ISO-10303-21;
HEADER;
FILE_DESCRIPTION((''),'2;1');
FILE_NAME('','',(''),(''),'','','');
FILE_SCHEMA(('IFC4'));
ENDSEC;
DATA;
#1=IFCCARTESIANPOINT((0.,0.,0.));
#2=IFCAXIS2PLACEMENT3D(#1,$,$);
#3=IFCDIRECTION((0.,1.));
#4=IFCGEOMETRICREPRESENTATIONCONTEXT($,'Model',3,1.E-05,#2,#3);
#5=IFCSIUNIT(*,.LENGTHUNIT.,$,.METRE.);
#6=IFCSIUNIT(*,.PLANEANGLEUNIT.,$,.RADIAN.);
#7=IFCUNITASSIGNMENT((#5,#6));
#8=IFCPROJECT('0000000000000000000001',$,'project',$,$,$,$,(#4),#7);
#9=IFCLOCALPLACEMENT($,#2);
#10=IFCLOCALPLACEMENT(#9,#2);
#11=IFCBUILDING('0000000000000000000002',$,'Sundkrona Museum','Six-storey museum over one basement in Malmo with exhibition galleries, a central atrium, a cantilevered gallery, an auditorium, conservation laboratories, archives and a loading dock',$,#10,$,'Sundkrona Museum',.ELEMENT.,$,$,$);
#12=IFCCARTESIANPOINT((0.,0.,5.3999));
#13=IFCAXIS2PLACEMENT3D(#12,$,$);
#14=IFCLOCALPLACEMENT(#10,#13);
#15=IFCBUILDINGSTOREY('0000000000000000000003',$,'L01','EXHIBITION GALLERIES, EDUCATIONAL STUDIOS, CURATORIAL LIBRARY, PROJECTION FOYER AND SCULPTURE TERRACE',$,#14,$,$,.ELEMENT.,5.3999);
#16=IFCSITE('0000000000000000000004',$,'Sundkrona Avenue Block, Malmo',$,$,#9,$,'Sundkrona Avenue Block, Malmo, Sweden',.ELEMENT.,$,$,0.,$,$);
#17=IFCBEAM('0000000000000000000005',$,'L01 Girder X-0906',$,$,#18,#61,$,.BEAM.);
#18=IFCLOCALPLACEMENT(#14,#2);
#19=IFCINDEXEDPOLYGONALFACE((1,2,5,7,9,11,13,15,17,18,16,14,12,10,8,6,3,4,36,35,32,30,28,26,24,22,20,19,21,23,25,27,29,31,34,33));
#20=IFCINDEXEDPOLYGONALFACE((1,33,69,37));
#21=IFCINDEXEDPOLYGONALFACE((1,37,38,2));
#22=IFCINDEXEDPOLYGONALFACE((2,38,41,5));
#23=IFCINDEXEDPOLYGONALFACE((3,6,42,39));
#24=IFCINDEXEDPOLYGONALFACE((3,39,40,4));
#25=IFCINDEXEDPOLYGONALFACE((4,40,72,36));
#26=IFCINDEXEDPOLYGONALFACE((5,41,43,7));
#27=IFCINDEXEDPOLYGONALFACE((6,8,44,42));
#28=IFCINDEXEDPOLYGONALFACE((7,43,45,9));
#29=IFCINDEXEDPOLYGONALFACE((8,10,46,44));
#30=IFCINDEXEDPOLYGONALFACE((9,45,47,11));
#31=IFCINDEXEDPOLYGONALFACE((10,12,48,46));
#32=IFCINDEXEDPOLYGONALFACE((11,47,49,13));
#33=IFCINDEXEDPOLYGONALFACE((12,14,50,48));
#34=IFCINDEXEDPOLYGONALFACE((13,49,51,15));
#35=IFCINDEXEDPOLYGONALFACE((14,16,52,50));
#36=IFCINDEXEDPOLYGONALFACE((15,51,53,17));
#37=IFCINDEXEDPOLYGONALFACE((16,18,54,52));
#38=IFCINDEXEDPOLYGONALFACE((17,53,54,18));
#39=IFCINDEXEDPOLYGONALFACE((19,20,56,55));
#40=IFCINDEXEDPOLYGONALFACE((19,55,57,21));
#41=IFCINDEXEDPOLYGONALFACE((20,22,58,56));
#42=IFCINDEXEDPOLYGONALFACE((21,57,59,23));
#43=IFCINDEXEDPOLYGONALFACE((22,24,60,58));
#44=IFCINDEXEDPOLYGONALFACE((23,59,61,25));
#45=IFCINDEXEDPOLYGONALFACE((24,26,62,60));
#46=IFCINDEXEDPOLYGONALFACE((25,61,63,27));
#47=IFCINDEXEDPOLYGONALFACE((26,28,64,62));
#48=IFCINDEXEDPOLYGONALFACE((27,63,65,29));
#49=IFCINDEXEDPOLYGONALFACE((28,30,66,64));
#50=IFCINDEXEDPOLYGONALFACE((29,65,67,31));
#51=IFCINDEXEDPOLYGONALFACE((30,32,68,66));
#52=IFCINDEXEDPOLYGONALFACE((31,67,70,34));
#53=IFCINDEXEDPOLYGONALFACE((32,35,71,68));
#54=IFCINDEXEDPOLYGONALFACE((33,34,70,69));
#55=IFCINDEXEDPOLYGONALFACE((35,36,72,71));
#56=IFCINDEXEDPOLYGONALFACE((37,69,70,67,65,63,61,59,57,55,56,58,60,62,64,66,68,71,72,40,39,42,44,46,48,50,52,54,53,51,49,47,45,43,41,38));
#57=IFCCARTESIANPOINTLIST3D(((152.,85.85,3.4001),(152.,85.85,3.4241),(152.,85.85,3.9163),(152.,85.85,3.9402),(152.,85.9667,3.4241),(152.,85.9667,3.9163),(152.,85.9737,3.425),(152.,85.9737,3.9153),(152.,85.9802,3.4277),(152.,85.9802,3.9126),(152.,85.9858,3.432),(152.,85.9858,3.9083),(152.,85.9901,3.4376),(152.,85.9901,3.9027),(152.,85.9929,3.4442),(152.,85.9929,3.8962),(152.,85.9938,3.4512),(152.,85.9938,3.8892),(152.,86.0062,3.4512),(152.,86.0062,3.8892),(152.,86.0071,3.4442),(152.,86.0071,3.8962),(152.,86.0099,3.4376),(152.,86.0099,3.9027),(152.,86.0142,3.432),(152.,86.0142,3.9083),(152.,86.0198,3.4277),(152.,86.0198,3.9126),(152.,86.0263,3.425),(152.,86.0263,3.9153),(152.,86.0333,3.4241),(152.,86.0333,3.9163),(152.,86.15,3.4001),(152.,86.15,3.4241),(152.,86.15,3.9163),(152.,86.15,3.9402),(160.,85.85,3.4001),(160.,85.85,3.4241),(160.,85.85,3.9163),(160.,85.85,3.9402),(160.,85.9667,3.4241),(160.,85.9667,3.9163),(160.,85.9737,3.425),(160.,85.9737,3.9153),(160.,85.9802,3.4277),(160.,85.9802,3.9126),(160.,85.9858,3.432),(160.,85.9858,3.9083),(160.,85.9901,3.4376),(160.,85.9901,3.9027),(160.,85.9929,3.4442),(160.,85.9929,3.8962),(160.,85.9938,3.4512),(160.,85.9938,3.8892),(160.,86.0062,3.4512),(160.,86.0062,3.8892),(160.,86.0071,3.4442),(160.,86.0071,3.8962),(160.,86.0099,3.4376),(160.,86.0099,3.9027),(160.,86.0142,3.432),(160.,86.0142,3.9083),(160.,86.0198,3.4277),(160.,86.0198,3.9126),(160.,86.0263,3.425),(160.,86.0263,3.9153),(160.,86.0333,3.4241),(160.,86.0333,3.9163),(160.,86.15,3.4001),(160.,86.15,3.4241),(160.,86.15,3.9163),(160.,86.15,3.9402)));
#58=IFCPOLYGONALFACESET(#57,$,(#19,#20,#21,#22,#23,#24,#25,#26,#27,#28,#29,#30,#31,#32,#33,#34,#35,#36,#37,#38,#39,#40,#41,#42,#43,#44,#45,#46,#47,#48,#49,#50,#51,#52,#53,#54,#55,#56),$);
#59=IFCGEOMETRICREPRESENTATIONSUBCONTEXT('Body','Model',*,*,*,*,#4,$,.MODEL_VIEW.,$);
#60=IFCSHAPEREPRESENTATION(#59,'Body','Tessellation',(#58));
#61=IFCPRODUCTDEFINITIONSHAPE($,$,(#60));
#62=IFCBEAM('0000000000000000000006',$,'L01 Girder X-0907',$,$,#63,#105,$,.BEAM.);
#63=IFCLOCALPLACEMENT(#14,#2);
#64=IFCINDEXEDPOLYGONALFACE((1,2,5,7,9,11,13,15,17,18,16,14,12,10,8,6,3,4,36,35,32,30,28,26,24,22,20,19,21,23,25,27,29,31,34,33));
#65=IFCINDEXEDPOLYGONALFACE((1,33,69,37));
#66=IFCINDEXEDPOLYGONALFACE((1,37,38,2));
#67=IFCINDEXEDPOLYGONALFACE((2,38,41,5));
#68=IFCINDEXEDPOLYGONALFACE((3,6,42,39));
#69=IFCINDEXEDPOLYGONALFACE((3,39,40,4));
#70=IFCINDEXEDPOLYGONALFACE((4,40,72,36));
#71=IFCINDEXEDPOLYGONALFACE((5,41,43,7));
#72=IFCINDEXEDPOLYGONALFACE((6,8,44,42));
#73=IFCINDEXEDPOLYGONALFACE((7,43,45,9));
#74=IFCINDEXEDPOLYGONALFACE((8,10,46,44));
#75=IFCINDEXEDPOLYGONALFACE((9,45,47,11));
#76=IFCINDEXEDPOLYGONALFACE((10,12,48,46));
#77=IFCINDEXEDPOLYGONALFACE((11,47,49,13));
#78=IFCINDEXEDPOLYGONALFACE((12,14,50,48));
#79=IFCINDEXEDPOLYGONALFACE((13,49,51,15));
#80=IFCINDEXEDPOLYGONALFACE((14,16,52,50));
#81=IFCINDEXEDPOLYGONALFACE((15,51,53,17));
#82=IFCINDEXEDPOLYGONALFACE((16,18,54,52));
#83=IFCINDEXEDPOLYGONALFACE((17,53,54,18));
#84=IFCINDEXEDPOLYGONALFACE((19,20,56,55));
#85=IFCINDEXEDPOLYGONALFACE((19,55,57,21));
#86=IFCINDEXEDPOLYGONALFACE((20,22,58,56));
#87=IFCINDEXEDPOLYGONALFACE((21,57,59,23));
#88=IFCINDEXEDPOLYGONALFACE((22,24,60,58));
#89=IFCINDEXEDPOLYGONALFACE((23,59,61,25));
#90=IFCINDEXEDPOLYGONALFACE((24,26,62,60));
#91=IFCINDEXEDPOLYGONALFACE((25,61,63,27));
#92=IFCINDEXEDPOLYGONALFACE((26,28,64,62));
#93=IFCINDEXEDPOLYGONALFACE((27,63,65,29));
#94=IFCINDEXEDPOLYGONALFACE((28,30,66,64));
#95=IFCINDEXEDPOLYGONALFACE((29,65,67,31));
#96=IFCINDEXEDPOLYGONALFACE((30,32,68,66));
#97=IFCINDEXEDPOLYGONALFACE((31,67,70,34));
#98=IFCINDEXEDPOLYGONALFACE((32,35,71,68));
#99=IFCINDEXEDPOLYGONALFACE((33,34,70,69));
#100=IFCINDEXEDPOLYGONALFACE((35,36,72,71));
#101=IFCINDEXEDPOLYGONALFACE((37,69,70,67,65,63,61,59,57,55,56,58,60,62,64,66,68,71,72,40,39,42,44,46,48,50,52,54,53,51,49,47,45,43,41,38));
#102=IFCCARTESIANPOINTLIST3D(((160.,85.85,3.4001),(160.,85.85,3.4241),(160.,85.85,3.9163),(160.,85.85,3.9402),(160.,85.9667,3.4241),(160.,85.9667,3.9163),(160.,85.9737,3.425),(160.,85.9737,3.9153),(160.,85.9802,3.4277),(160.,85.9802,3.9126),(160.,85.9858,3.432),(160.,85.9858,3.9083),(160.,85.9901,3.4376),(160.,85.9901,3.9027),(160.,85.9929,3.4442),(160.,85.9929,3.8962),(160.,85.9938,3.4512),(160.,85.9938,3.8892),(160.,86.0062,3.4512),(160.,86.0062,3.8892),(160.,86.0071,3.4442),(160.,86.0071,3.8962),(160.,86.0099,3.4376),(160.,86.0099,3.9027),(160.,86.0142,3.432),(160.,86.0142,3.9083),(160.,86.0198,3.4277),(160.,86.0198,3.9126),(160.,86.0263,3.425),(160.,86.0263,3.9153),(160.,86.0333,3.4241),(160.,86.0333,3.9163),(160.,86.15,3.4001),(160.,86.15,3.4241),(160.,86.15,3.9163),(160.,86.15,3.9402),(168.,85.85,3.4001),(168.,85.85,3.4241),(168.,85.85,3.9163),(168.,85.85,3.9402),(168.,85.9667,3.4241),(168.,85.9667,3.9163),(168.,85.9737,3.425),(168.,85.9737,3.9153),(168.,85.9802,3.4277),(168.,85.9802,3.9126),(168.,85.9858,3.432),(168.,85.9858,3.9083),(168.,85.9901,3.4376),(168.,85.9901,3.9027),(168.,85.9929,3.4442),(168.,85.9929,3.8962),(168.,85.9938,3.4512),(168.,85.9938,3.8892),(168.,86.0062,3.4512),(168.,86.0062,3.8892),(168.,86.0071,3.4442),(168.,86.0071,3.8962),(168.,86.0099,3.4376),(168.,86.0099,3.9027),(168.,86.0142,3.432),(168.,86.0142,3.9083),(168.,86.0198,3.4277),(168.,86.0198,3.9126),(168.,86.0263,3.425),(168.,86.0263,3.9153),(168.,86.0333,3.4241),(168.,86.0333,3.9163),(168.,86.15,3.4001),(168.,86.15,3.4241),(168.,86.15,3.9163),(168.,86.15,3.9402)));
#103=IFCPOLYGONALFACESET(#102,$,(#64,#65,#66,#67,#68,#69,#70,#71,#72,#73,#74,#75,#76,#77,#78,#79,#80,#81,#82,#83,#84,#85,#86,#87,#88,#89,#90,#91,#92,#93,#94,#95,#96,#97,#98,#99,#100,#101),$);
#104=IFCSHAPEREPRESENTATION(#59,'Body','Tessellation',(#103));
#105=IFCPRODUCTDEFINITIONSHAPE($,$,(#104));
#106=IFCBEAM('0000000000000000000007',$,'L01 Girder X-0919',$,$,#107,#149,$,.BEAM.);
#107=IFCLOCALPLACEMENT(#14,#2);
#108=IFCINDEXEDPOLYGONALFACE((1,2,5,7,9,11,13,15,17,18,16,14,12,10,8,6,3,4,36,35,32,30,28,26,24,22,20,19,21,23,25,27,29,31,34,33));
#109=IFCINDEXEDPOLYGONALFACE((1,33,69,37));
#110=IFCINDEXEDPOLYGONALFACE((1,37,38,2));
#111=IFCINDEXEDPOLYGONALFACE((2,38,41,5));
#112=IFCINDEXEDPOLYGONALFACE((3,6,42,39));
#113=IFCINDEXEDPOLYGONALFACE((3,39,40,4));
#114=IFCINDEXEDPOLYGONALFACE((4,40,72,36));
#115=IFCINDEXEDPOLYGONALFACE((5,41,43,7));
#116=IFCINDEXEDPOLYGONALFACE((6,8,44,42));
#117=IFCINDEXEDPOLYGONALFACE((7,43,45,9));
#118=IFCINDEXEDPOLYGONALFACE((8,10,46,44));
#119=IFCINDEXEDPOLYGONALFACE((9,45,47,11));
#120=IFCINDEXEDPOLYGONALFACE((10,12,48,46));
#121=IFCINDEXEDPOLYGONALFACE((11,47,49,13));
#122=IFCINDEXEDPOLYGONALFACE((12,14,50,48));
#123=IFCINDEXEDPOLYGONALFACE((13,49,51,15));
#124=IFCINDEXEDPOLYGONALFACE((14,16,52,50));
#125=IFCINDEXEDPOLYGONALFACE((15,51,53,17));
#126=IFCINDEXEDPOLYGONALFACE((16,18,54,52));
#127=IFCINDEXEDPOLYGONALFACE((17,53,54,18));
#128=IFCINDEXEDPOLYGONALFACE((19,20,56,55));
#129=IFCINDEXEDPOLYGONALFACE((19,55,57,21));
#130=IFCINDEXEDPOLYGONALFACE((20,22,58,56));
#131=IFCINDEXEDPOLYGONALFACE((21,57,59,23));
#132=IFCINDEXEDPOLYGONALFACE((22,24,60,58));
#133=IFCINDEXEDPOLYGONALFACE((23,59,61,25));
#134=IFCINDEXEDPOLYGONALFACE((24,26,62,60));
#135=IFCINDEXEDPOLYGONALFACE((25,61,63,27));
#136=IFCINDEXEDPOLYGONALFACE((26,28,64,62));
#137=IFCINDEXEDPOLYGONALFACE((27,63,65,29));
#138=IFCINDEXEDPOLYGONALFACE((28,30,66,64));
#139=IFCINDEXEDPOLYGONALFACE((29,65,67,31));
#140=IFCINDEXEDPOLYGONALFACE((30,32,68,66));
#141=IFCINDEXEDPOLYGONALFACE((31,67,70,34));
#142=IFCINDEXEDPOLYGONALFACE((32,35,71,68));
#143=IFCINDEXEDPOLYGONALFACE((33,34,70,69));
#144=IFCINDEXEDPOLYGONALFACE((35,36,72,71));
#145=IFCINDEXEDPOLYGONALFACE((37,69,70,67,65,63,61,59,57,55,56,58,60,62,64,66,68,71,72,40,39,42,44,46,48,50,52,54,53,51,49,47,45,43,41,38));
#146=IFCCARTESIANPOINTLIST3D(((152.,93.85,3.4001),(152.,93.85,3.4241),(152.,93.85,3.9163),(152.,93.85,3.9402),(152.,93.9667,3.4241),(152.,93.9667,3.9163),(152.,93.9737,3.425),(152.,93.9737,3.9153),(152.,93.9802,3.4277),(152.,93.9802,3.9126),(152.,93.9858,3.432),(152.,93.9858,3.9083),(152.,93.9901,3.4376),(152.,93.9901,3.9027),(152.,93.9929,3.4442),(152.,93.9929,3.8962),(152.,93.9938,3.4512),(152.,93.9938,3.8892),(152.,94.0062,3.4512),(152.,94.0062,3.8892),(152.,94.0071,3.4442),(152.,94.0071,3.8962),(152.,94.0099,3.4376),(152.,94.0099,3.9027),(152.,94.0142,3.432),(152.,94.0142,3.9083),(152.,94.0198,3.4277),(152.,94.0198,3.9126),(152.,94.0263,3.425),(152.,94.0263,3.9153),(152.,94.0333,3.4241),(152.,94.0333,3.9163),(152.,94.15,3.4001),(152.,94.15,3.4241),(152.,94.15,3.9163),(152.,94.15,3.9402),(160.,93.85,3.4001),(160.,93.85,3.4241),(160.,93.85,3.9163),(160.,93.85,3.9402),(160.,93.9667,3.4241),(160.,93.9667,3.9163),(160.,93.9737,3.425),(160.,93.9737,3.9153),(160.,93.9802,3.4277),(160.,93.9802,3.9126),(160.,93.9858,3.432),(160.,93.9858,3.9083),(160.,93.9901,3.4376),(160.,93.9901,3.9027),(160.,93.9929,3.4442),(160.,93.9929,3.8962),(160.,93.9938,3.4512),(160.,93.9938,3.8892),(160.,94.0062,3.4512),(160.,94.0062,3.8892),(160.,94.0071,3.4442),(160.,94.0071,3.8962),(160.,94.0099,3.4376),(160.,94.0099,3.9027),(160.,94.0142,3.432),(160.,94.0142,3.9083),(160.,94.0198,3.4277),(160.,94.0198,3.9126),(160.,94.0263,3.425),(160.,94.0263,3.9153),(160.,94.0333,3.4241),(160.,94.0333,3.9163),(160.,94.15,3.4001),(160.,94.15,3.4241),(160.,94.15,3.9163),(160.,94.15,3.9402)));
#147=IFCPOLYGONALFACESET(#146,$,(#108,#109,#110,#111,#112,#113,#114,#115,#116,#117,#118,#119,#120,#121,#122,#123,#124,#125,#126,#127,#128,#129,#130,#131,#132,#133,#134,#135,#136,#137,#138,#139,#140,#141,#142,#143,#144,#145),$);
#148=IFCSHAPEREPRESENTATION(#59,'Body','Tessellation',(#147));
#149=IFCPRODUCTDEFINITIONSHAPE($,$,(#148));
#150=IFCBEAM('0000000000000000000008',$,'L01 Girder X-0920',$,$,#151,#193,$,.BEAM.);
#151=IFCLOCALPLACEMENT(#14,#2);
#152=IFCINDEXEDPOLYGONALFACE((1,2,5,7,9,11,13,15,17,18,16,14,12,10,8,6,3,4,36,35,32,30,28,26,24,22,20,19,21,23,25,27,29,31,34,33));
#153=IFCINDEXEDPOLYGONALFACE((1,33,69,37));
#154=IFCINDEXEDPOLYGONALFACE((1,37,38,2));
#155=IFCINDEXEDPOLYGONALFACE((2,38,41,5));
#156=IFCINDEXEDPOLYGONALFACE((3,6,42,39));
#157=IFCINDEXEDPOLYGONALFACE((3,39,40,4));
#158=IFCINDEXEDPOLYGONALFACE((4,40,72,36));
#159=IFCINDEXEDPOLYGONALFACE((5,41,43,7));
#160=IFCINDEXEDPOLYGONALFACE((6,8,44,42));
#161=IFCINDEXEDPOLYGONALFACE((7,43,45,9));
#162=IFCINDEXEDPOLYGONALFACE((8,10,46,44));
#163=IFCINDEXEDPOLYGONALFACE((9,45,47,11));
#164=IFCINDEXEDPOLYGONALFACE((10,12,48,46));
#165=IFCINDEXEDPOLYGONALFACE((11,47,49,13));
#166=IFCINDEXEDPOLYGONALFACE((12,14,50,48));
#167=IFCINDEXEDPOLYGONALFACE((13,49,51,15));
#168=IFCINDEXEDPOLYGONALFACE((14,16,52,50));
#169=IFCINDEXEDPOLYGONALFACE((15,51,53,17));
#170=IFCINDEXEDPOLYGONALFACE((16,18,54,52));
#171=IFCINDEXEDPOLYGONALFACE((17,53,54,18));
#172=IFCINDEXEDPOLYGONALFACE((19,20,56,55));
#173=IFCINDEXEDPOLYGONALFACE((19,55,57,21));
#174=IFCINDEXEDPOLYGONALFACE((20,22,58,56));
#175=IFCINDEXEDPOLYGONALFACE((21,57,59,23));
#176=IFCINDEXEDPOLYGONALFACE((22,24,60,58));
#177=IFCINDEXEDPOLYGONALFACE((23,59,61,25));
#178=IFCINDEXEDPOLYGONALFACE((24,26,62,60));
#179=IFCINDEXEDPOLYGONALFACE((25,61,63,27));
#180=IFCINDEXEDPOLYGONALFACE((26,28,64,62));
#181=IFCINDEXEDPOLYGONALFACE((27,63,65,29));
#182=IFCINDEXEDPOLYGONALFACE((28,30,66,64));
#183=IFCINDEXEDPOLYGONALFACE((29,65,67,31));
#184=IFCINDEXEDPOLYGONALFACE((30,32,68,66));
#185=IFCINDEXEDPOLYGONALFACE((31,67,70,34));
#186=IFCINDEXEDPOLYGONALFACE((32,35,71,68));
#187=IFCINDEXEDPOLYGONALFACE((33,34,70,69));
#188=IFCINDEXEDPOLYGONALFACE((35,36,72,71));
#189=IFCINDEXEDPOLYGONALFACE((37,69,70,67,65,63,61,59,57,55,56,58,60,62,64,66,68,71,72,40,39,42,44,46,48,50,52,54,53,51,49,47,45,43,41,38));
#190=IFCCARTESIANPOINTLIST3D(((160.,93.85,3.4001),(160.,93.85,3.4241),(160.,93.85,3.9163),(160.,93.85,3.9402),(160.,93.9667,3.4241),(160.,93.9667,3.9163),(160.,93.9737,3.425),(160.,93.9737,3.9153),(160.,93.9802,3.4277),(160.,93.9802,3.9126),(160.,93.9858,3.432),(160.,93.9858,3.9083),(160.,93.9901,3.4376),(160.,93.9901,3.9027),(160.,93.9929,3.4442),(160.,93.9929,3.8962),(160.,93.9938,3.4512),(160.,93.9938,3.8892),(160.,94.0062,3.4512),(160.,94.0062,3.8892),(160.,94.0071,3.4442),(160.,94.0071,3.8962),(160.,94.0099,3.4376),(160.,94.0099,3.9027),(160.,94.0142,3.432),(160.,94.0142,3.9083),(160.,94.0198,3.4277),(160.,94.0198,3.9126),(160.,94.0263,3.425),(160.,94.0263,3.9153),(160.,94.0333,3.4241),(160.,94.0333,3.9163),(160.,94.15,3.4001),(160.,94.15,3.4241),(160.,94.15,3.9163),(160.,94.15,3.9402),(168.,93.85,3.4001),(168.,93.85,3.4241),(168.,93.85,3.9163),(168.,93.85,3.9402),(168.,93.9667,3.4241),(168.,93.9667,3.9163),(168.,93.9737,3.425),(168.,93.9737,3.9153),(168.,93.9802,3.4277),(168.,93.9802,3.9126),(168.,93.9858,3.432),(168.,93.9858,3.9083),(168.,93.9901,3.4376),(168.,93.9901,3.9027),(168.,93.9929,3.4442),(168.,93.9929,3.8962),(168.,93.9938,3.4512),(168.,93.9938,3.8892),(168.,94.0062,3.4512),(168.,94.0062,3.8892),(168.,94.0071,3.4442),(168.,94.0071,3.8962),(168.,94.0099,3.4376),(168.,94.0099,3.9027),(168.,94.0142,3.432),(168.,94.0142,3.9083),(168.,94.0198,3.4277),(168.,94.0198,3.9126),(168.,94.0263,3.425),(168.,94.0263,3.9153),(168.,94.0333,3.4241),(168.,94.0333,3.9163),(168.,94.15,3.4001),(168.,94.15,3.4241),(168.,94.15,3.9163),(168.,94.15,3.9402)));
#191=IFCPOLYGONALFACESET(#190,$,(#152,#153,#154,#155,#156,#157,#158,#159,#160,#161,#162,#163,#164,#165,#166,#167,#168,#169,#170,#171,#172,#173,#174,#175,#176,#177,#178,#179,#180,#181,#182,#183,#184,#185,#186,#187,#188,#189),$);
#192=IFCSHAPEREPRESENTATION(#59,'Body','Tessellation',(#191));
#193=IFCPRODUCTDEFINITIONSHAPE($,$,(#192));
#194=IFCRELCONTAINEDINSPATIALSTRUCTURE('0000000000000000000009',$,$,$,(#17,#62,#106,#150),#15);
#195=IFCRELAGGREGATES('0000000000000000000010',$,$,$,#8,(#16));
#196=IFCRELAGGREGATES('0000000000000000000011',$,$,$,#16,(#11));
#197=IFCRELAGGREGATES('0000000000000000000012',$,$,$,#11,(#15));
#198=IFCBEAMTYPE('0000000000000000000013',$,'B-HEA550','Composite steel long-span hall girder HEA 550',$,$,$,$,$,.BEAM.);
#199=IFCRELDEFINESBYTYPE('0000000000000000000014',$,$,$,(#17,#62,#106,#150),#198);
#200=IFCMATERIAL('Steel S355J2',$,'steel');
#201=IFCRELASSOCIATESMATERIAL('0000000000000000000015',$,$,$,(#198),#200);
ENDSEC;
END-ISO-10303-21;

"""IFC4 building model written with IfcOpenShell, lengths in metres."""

from ifc_helpers import new_model, si_unit, direction, frame, origin, origin_2d, place, context, subcontext, project, spatial, i_section, extrude, material, material_profile, profile_set, type_object, element, save


model = new_model("IFC4")

# Units and contexts
model_context = context("Model", 3, precision=1e-05, world=origin(), true_north=direction((0.0, 1.0)))
body_context = subcontext(model_context, "Body", "Model", "MODEL_VIEW")
ifc_project = project(units=[si_unit("LENGTHUNIT", "METRE"), si_unit("PLANEANGLEUNIT", "RADIAN")], contexts=[model_context])

# Site, building, storey
site_placement = place(None, origin())
site = spatial("IfcSite", under=ifc_project, at=site_placement, Name="Sundkrona Avenue Block, Malmo", LongName="Sundkrona Avenue Block, Malmo, Sweden", CompositionType="ELEMENT", RefElevation=0.0)
building_placement = place(site_placement, origin())
building = spatial("IfcBuilding", under=site, at=building_placement, Name="Sundkrona Museum", Description="Six-storey museum over one basement in Malmo with exhibition galleries, a central atrium, a cantilevered gallery, an auditorium, conservation laboratories, archives and a loading dock", LongName="Sundkrona Museum", CompositionType="ELEMENT")
storey_placement = place(building_placement, frame((0.0, 0.0, 5.3999)))
storey = spatial("IfcBuildingStorey", under=building, at=storey_placement, Name="L01", Description="EXHIBITION GALLERIES, EDUCATIONAL STUDIOS, CURATORIAL LIBRARY, PROJECTION FOYER AND SCULPTURE TERRACE", CompositionType="ELEMENT", Elevation=5.3999)

# Shared definitions
ifc_material_1 = material(Name="Steel S355J2", Category="steel")

# Beams
ifc_material_profile_1 = material_profile(ifc_material_1, i_section(OverallWidth=0.3, OverallDepth=0.54, WebThickness=0.0125, FlangeThickness=0.0239, FilletRadius=0.0271, at=origin_2d()), Name="HEA 550")
ifc_profile_set_1 = profile_set([ifc_material_profile_1], Name="Steel S355J2")
beam_type_1 = type_object("IfcBeamType", Name="B-HEA550", Description="Composite steel long-span hall girder HEA 550", PredefinedType="BEAM", material=ifc_profile_set_1)
for number, where, z_axis, x_axis, name in (
    (1, (152.0, 86.0, 3.6702), (1.0, 0.0, 0.0), (0.0, 1.0, 0.0), "L01 Girder X-0906"),
    (2, (160.0, 86.0, 3.6702), (1.0, 0.0, 0.0), (0.0, 1.0, 0.0), "L01 Girder X-0907"),
    (3, (152.0, 94.0, 3.6702), (1.0, 0.0, 0.0), (0.0, 1.0, 0.0), "L01 Girder X-0919"),
    (4, (160.0, 94.0, 3.6702), (1.0, 0.0, 0.0), (0.0, 1.0, 0.0), "L01 Girder X-0920"),
):
    element("IfcBeam", number, at=place(storey_placement, frame(where, z_axis=z_axis, x_axis=x_axis)), inside=storey, type_object=beam_type_1, Name=name, PredefinedType="BEAM", context=body_context, shape_type="SweptSolid", body=[
        extrude(i_section(OverallWidth=0.3, OverallDepth=0.54, WebThickness=0.0125, FlangeThickness=0.0239, FilletRadius=0.0271, at=origin_2d()), origin(), (0.0, 0.0, 1.0), 8.0),
    ])

save(model, "model.ifc")
